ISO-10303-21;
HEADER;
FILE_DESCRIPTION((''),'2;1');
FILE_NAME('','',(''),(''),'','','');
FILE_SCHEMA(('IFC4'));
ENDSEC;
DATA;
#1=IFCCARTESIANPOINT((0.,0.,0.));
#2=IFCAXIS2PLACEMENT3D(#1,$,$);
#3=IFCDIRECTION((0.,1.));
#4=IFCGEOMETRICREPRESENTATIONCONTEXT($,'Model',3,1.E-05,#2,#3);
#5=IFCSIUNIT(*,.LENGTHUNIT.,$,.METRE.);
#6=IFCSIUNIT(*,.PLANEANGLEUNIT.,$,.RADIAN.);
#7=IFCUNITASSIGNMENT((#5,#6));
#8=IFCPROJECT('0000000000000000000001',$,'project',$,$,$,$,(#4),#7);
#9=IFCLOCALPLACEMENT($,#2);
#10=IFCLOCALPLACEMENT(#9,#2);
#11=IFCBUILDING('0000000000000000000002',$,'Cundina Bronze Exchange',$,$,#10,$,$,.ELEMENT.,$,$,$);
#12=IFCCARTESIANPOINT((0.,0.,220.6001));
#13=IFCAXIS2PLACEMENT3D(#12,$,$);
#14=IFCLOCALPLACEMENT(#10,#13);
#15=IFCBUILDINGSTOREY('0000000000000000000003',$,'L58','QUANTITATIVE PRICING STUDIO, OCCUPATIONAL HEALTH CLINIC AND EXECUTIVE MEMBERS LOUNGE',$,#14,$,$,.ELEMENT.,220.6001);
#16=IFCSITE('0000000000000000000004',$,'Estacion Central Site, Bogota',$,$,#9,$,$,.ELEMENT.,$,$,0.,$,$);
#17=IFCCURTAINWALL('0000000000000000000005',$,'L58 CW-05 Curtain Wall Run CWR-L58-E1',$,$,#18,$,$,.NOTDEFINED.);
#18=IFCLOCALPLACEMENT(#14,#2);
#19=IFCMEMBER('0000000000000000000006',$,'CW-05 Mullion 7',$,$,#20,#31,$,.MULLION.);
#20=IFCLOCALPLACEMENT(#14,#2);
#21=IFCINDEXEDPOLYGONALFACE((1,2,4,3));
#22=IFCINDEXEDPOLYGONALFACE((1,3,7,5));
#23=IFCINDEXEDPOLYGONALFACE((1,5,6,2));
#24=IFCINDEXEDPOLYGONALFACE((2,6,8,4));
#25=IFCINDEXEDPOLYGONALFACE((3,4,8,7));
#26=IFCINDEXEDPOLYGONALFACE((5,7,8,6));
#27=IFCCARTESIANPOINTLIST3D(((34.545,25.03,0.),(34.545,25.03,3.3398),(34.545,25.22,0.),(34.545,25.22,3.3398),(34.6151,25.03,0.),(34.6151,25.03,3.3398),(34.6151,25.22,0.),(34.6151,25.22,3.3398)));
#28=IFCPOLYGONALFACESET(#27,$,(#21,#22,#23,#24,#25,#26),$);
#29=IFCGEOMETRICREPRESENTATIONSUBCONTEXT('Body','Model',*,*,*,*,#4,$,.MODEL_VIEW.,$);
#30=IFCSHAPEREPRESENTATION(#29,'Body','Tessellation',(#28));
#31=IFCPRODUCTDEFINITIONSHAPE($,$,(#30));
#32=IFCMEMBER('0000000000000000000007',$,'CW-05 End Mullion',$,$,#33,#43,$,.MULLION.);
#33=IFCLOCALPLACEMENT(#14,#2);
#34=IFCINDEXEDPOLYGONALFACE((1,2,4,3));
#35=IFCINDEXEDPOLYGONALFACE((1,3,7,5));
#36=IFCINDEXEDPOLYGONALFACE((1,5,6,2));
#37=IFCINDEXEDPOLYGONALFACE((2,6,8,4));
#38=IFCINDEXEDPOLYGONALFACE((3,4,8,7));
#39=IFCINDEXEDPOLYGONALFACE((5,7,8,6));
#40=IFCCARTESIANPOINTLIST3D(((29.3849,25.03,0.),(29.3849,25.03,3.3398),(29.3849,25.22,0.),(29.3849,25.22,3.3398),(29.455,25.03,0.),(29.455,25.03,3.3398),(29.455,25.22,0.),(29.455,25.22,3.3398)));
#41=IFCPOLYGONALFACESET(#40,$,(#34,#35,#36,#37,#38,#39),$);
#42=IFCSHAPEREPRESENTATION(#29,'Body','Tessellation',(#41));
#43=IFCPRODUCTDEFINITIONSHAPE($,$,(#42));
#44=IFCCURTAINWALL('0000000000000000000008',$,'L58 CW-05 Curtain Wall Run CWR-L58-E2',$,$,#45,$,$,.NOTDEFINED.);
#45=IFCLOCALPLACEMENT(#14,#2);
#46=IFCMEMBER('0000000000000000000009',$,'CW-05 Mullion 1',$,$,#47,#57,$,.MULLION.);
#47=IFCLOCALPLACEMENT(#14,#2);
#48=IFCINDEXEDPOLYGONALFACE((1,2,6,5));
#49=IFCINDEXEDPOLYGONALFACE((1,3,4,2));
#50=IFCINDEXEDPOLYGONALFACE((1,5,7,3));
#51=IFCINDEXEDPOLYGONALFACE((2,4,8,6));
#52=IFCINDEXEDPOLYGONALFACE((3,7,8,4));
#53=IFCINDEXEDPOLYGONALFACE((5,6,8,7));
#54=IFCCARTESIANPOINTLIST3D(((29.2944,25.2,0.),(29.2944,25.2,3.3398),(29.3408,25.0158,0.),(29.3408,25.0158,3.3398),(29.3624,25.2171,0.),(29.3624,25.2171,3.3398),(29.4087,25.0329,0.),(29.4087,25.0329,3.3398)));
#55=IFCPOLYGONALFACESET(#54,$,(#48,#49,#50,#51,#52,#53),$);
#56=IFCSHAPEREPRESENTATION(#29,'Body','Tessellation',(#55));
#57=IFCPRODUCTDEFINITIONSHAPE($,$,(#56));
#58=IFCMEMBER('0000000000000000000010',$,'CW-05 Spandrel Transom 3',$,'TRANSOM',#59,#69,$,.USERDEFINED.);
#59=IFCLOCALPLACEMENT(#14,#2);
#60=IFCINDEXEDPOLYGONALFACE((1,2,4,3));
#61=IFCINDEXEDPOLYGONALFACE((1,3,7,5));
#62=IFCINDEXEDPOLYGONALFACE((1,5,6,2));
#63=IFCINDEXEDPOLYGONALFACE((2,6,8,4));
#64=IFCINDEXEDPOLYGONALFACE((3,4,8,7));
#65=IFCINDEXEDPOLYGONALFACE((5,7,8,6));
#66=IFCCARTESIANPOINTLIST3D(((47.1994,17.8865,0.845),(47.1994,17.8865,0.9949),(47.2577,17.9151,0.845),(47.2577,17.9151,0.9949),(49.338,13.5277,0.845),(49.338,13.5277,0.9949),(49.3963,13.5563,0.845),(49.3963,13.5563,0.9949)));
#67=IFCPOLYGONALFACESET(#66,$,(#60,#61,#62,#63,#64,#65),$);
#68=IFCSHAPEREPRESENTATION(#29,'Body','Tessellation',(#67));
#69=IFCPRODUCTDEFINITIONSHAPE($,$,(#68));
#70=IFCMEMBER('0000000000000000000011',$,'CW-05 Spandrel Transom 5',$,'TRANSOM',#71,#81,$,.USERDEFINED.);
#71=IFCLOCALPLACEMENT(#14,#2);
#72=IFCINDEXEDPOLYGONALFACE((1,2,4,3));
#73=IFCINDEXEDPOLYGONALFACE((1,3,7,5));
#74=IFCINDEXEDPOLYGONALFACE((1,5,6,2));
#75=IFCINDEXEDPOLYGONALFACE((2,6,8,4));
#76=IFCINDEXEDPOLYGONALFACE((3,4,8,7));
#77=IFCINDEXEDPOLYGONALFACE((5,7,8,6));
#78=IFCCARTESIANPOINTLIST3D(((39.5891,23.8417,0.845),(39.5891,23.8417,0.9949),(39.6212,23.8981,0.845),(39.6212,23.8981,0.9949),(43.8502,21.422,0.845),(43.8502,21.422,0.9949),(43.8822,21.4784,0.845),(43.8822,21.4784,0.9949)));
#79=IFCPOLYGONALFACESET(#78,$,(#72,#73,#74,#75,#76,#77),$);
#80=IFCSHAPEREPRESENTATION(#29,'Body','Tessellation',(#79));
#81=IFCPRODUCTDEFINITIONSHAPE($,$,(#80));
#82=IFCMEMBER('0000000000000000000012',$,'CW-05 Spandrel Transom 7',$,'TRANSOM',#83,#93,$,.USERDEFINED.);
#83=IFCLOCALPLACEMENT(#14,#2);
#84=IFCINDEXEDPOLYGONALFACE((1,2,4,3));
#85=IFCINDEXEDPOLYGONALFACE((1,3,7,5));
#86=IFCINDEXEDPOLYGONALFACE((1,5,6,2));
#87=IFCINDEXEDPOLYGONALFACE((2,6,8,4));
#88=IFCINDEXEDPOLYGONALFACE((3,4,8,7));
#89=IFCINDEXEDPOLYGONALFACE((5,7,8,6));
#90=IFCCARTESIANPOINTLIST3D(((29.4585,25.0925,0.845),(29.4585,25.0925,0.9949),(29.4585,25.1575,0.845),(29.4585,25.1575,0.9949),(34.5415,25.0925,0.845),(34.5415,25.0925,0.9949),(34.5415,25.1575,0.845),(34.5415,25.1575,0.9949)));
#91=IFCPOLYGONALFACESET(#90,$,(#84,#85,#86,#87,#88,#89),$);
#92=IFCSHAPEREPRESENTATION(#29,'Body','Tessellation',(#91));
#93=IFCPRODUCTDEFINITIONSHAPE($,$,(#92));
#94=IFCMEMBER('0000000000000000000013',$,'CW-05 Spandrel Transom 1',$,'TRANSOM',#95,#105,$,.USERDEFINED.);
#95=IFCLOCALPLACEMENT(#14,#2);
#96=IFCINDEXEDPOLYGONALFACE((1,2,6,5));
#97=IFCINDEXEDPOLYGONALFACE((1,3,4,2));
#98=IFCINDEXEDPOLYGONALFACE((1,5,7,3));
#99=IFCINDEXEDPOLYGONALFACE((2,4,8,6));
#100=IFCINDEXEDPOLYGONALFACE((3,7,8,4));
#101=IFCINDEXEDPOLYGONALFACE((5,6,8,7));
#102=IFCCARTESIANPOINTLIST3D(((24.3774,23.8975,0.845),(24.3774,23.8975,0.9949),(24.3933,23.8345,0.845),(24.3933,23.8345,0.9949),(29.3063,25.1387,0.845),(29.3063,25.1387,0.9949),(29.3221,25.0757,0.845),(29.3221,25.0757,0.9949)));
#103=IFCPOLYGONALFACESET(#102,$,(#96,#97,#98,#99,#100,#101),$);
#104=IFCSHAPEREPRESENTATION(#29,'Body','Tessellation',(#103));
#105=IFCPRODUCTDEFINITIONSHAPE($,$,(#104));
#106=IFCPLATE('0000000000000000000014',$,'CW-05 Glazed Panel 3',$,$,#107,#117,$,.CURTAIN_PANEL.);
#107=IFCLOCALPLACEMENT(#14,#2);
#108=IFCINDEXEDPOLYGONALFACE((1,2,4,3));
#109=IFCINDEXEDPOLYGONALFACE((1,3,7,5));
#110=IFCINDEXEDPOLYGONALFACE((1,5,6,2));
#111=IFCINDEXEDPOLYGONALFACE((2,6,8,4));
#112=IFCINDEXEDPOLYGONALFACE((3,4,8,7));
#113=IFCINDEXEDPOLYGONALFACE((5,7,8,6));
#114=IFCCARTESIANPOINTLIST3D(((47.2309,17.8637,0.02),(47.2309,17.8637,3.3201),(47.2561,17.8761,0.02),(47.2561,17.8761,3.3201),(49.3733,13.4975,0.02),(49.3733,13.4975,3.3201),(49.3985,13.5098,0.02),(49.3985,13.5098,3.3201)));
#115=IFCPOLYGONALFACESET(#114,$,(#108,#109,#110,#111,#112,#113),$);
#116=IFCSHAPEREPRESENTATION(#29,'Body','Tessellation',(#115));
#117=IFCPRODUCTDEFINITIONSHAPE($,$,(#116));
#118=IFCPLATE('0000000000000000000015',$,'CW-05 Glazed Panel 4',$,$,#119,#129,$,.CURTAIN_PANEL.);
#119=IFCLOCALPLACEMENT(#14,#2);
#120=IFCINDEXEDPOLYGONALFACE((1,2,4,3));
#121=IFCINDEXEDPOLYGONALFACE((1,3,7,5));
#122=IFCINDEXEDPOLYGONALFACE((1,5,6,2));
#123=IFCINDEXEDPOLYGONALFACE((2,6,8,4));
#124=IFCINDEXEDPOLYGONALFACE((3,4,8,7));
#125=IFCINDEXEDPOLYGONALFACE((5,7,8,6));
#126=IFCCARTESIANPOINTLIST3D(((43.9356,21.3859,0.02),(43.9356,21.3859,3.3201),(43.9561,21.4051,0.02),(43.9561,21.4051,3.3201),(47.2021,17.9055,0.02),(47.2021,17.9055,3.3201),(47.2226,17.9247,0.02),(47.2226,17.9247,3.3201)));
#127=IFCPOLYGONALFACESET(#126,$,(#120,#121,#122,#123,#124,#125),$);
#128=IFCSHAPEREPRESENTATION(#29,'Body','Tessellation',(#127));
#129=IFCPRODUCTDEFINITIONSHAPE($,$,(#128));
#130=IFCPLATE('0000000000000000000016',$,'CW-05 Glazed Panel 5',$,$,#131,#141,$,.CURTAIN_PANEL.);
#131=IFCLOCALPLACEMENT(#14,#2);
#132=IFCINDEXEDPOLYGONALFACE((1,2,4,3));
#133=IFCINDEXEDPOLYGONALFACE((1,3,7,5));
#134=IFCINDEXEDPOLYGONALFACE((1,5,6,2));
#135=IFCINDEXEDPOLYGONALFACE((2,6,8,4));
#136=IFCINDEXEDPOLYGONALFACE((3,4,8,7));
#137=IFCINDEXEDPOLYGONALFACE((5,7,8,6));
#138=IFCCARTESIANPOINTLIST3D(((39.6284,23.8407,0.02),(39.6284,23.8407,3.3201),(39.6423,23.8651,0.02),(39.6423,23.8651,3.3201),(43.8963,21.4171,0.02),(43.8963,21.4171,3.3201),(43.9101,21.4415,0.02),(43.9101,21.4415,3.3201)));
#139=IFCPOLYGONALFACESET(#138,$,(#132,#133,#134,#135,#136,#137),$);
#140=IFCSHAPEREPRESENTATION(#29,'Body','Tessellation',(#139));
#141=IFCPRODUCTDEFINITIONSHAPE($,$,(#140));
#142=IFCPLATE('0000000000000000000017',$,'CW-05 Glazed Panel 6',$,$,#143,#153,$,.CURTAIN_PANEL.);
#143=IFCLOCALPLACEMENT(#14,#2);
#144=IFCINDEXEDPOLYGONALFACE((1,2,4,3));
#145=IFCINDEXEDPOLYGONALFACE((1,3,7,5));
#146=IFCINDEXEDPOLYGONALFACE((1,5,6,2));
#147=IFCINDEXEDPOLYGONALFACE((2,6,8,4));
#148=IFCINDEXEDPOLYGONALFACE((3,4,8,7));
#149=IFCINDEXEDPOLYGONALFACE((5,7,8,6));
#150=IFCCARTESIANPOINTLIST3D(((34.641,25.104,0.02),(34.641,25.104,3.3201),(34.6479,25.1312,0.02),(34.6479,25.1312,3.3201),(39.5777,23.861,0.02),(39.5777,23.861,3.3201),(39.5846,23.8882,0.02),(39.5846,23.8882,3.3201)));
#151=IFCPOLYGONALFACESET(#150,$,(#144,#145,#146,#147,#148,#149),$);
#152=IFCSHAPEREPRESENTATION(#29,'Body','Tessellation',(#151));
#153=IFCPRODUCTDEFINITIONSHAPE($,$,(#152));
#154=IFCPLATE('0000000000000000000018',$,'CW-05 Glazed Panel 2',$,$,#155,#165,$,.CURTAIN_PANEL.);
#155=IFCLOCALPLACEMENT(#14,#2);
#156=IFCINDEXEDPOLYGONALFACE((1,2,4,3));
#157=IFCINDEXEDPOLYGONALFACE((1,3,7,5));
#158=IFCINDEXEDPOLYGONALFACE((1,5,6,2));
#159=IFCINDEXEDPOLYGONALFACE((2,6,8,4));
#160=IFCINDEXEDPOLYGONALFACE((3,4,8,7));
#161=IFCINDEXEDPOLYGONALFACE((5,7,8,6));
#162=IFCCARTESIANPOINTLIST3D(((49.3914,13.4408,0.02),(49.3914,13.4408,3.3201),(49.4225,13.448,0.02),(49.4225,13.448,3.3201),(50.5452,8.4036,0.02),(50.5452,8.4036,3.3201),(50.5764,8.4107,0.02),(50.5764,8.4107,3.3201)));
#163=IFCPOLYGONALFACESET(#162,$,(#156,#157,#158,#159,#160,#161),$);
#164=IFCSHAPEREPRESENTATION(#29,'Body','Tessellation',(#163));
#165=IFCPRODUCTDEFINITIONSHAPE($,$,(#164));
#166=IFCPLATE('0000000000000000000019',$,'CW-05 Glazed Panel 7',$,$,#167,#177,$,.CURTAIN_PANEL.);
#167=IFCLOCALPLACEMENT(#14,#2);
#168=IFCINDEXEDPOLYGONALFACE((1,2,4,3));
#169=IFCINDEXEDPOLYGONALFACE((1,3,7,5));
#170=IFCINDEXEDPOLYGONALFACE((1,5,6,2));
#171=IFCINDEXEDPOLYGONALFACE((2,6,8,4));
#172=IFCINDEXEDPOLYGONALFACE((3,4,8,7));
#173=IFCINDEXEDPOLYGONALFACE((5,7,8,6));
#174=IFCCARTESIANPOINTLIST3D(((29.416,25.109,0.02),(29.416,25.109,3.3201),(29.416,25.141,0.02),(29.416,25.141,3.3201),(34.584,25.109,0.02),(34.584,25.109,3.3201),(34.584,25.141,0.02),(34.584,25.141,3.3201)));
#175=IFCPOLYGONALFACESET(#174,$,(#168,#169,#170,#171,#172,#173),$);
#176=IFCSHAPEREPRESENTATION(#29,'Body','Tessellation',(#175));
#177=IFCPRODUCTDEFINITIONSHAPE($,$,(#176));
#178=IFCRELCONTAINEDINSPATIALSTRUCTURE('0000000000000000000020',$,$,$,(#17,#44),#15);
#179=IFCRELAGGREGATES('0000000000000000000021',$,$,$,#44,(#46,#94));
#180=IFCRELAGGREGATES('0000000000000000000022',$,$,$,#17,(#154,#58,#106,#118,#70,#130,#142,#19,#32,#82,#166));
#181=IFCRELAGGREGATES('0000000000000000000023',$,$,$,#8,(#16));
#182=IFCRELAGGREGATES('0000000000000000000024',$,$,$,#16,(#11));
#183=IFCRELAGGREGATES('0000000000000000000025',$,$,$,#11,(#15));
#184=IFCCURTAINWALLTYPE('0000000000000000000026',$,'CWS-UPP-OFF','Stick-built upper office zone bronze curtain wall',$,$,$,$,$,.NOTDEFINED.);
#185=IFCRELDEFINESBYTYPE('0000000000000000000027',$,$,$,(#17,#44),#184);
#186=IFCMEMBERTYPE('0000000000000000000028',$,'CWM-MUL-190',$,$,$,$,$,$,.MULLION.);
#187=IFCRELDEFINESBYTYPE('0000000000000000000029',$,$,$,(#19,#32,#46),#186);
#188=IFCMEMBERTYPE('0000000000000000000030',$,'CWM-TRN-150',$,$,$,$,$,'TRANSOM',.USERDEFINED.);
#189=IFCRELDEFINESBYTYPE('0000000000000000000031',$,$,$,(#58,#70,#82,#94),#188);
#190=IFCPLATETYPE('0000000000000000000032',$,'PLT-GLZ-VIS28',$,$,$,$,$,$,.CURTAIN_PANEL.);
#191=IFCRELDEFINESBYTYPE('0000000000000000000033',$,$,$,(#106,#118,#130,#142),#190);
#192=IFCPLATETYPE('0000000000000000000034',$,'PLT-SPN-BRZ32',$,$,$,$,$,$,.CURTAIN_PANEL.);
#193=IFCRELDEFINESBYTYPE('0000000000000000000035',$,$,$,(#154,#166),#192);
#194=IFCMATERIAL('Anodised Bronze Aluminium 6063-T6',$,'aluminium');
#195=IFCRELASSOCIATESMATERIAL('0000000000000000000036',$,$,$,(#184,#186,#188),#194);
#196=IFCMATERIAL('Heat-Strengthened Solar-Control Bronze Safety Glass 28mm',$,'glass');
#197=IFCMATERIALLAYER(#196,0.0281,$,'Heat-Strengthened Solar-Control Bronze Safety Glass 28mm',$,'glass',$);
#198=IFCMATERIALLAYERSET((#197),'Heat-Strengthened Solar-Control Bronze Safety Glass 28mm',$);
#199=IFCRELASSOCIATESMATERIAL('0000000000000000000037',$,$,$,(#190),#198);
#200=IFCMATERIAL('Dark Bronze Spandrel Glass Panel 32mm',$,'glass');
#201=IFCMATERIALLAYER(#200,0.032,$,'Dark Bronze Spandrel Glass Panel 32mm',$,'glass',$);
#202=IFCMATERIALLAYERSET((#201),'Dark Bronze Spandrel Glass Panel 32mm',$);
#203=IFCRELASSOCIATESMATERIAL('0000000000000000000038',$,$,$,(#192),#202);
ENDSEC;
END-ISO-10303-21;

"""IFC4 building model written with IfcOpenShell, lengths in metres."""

from ifc_helpers import new_model, si_unit, direction, frame, origin, origin_2d, place, context, subcontext, project, spatial, rectangle, extrude, material, layer, layer_set, material_profile, profile_set, type_object, element, aggregate, save


model = new_model("IFC4")

# Units and contexts
model_context = context("Model", 3, precision=1e-05, world=origin(), true_north=direction((0.0, 1.0)))
body_context = subcontext(model_context, "Body", "Model", "MODEL_VIEW")
ifc_project = project(units=[si_unit("LENGTHUNIT", "METRE"), si_unit("PLANEANGLEUNIT", "RADIAN")], contexts=[model_context])

# Site, building, storey
site_placement = place(None, origin())
site = spatial("IfcSite", under=ifc_project, at=site_placement, Name="Estacion Central Site, Bogota", CompositionType="ELEMENT", RefElevation=0.0)
building_placement = place(site_placement, origin())
building = spatial("IfcBuilding", under=site, at=building_placement, Name="Cundina Bronze Exchange", CompositionType="ELEMENT")
storey_placement = place(building_placement, frame((0.0, 0.0, 220.6001)))
storey = spatial("IfcBuildingStorey", under=building, at=storey_placement, Name="L58", Description="QUANTITATIVE PRICING STUDIO, OCCUPATIONAL HEALTH CLINIC AND EXECUTIVE MEMBERS LOUNGE", CompositionType="ELEMENT", Elevation=220.6001)

# Curtain wall, members
ifc_material_1 = material(Name="Anodised Bronze Aluminium 6063-T6", Category="aluminium")
curtain_wall_type = type_object("IfcCurtainWallType", Name="CWS-UPP-OFF", Description="Stick-built upper office zone bronze curtain wall", PredefinedType="NOTDEFINED", material=ifc_material_1)
curtain_wall_1_placement = place(storey_placement, origin())
curtain_wall_1 = element("IfcCurtainWall", 1, at=curtain_wall_1_placement, inside=storey, type_object=curtain_wall_type, Name="L58 CW-05 Curtain Wall Run CWR-L58-E1", PredefinedType="NOTDEFINED")
ifc_material_profile_1 = material_profile(ifc_material_1, rectangle(XDim=0.0701, YDim=0.1899, at=origin_2d()), Name="AL70X190", Category="aluminium")
ifc_profile_set_1 = profile_set([ifc_material_profile_1], Name="Anodised Bronze Aluminium 6063-T6")
member_type_1 = type_object("IfcMemberType", Name="CWM-MUL-190", PredefinedType="MULLION", material=ifc_profile_set_1)
member_1_placement = place(storey_placement, frame((34.5801, 25.125, 0.0), z_axis=(0.0, 0.0, 1.0), x_axis=(-1.0, 0.0, 0.0)))
member_1 = element("IfcMember", 2, at=member_1_placement, type_object=member_type_1, Name="CW-05 Mullion 7", PredefinedType="MULLION", context=body_context, shape_type="SweptSolid", body=[
    extrude(rectangle(XDim=0.0701, YDim=0.1899, at=origin_2d()), origin(), (0.0, 0.0, 1.0), 3.3398),
])
member_2_placement = place(storey_placement, frame((29.4199, 25.125, 0.0), z_axis=(0.0, 0.0, 1.0), x_axis=(-1.0, 0.0, 0.0)))
member_2 = element("IfcMember", 3, at=member_2_placement, type_object=member_type_1, Name="CW-05 End Mullion", PredefinedType="MULLION", context=body_context, shape_type="SweptSolid", body=[
    extrude(rectangle(XDim=0.0701, YDim=0.1899, at=origin_2d()), origin(), (0.0, 0.0, 1.0), 3.3398),
])

# Curtain wall, member
curtain_wall_2_placement = place(storey_placement, origin())
curtain_wall_2 = element("IfcCurtainWall", 4, at=curtain_wall_2_placement, inside=storey, type_object=curtain_wall_type, Name="L58 CW-05 Curtain Wall Run CWR-L58-E2", PredefinedType="NOTDEFINED")
member_3_placement = place(storey_placement, frame((29.3516, 25.1165, 0.0), z_axis=(0.0, 0.0, 1.0), x_axis=(-0.969744, -0.244123, 0.0)))
member_3 = element("IfcMember", 5, at=member_3_placement, type_object=member_type_1, Name="CW-05 Mullion 1", PredefinedType="MULLION", context=body_context, shape_type="SweptSolid", body=[
    extrude(rectangle(XDim=0.0701, YDim=0.1899, at=origin_2d()), origin(), (0.0, 0.0, 1.0), 3.3398),
])

# Members
ifc_material_profile_2 = material_profile(ifc_material_1, rectangle(XDim=0.0649, YDim=0.1499, at=origin_2d()), Name="AL65X150", Category="aluminium")
ifc_profile_set_2 = profile_set([ifc_material_profile_2], Name="Anodised Bronze Aluminium 6063-T6")
member_type_2 = type_object("IfcMemberType", Name="CWM-TRN-150", ElementType="TRANSOM", PredefinedType="USERDEFINED", material=ifc_profile_set_2)
member_4_placement = place(storey_placement, frame((49.3672, 13.542, 0.9199), z_axis=(-0.440483, 0.897761, 0.0), x_axis=(-0.897761, -0.440483, 0.0)))
member_4 = element("IfcMember", 6, at=member_4_placement, type_object=member_type_2, Name="CW-05 Spandrel Transom 3", ObjectType="TRANSOM", PredefinedType="USERDEFINED", context=body_context, shape_type="SweptSolid", body=[
    extrude(rectangle(XDim=0.0649, YDim=0.1499, at=origin_2d()), origin(), (0.0, 0.0, 1.0), 4.8552),
])
member_5_placement = place(storey_placement, frame((43.8662, 21.4502, 0.9199), z_axis=(-0.869574, 0.493803, 0.0), x_axis=(-0.493803, -0.869574, 0.0)))
member_5 = element("IfcMember", 7, at=member_5_placement, type_object=member_type_2, Name="CW-05 Spandrel Transom 5", ObjectType="TRANSOM", PredefinedType="USERDEFINED", context=body_context, shape_type="SweptSolid", body=[
    extrude(rectangle(XDim=0.0649, YDim=0.1499, at=origin_2d()), origin(), (0.0, 0.0, 1.0), 4.9001),
])
member_6_placement = place(storey_placement, frame((34.5415, 25.125, 0.9199), z_axis=(-1.0, 0.0, 0.0), x_axis=(0.0, -1.0, 0.0)))
member_6 = element("IfcMember", 8, at=member_6_placement, type_object=member_type_2, Name="CW-05 Spandrel Transom 7", ObjectType="TRANSOM", PredefinedType="USERDEFINED", context=body_context, shape_type="SweptSolid", body=[
    extrude(rectangle(XDim=0.0649, YDim=0.1499, at=origin_2d()), origin(), (0.0, 0.0, 1.0), 5.083),
])
member_7_placement = place(storey_placement, frame((29.3142, 25.1072, 0.9199), z_axis=(-0.969726, -0.244197, 0.0), x_axis=(0.244197, -0.969726, 0.0)))
member_7 = element("IfcMember", 9, at=member_7_placement, type_object=member_type_2, Name="CW-05 Spandrel Transom 1", ObjectType="TRANSOM", PredefinedType="USERDEFINED", context=body_context, shape_type="SweptSolid", body=[
    extrude(rectangle(XDim=0.0649, YDim=0.1499, at=origin_2d()), origin(), (0.0, 0.0, 1.0), 5.0828),
])
aggregate(curtain_wall_2, [member_3, member_7])

# Plates
ifc_material_2 = material(Name="Heat-Strengthened Solar-Control Bronze Safety Glass 28mm", Category="glass")
ifc_layer_1 = layer(ifc_material_2, 0.0281, Name="Heat-Strengthened Solar-Control Bronze Safety Glass 28mm", Category="glass")
ifc_layer_set_1 = layer_set([ifc_layer_1], Name="Heat-Strengthened Solar-Control Bronze Safety Glass 28mm")
plate_type_1 = type_object("IfcPlateType", Name="PLT-GLZ-VIS28", PredefinedType="CURTAIN_PANEL", material=ifc_layer_set_1)
plate_1_placement = place(storey_placement, frame((48.3147, 15.6868, 0.02), z_axis=(0.0, 0.0, 1.0), x_axis=(-0.440503, 0.897751, 0.0)))
plate_1 = element("IfcPlate", 10, at=plate_1_placement, type_object=plate_type_1, Name="CW-05 Glazed Panel 3", PredefinedType="CURTAIN_PANEL", context=body_context, shape_type="SweptSolid", body=[
    extrude(rectangle(XDim=4.8635, YDim=0.0281, at=origin_2d()), origin(), (0.0, 0.0, 1.0), 3.3),
])
plate_2_placement = place(storey_placement, frame((45.5791, 19.6553, 0.02), z_axis=(0.0, 0.0, 1.0), x_axis=(-0.684344, 0.72916, 0.0)))
plate_2 = element("IfcPlate", 11, at=plate_2_placement, type_object=plate_type_1, Name="CW-05 Glazed Panel 4", PredefinedType="CURTAIN_PANEL", context=body_context, shape_type="SweptSolid", body=[
    extrude(rectangle(XDim=4.7732, YDim=0.0281, at=origin_2d()), origin(), (0.0, 0.0, 1.0), 3.3),
])
plate_3_placement = place(storey_placement, frame((41.7693, 22.6411, 0.02), z_axis=(0.0, 0.0, 1.0), x_axis=(-0.869573, 0.493805, 0.0)))
plate_3 = element("IfcPlate", 12, at=plate_3_placement, type_object=plate_type_1, Name="CW-05 Glazed Panel 5", PredefinedType="CURTAIN_PANEL", context=body_context, shape_type="SweptSolid", body=[
    extrude(rectangle(XDim=4.908, YDim=0.0281, at=origin_2d()), origin(), (0.0, 0.0, 1.0), 3.3),
])
plate_4_placement = place(storey_placement, frame((37.1128, 24.4961, 0.02), z_axis=(0.0, 0.0, 1.0), x_axis=(-0.969732, 0.244174, 0.0)))
plate_4 = element("IfcPlate", 13, at=plate_4_placement, type_object=plate_type_1, Name="CW-05 Glazed Panel 6", PredefinedType="CURTAIN_PANEL", context=body_context, shape_type="SweptSolid", body=[
    extrude(rectangle(XDim=5.0908, YDim=0.0281, at=origin_2d()), origin(), (0.0, 0.0, 1.0), 3.3),
])
ifc_material_3 = material(Name="Dark Bronze Spandrel Glass Panel 32mm", Category="glass")
ifc_layer_2 = layer(ifc_material_3, 0.032, Name="Dark Bronze Spandrel Glass Panel 32mm", Category="glass")
ifc_layer_set_2 = layer_set([ifc_layer_2], Name="Dark Bronze Spandrel Glass Panel 32mm")
plate_type_2 = type_object("IfcPlateType", Name="PLT-SPN-BRZ32", PredefinedType="CURTAIN_PANEL", material=ifc_layer_set_2)
plate_5_placement = place(storey_placement, frame((49.9839, 10.9258, 0.02), z_axis=(0.0, 0.0, 1.0), x_axis=(-0.223284, 0.974753, 0.0)))
plate_5 = element("IfcPlate", 14, at=plate_5_placement, type_object=plate_type_2, Name="CW-05 Glazed Panel 2", PredefinedType="CURTAIN_PANEL", context=body_context, shape_type="SweptSolid", body=[
    extrude(rectangle(XDim=5.1677, YDim=0.032, at=origin_2d()), origin(), (0.0, 0.0, 1.0), 3.3),
])
plate_6_placement = place(storey_placement, frame((32.0, 25.125, 0.02), z_axis=(0.0, 0.0, 1.0), x_axis=(-1.0, 0.0, 0.0)))
plate_6 = element("IfcPlate", 15, at=plate_6_placement, type_object=plate_type_2, Name="CW-05 Glazed Panel 7", PredefinedType="CURTAIN_PANEL", context=body_context, shape_type="SweptSolid", body=[
    extrude(rectangle(XDim=5.168, YDim=0.032, at=origin_2d()), origin(), (0.0, 0.0, 1.0), 3.3),
])
aggregate(curtain_wall_1, [plate_5, member_4, plate_1, plate_2, member_5, plate_3, plate_4, member_1, member_2, member_6, plate_6])

save(model, "model.ifc")
